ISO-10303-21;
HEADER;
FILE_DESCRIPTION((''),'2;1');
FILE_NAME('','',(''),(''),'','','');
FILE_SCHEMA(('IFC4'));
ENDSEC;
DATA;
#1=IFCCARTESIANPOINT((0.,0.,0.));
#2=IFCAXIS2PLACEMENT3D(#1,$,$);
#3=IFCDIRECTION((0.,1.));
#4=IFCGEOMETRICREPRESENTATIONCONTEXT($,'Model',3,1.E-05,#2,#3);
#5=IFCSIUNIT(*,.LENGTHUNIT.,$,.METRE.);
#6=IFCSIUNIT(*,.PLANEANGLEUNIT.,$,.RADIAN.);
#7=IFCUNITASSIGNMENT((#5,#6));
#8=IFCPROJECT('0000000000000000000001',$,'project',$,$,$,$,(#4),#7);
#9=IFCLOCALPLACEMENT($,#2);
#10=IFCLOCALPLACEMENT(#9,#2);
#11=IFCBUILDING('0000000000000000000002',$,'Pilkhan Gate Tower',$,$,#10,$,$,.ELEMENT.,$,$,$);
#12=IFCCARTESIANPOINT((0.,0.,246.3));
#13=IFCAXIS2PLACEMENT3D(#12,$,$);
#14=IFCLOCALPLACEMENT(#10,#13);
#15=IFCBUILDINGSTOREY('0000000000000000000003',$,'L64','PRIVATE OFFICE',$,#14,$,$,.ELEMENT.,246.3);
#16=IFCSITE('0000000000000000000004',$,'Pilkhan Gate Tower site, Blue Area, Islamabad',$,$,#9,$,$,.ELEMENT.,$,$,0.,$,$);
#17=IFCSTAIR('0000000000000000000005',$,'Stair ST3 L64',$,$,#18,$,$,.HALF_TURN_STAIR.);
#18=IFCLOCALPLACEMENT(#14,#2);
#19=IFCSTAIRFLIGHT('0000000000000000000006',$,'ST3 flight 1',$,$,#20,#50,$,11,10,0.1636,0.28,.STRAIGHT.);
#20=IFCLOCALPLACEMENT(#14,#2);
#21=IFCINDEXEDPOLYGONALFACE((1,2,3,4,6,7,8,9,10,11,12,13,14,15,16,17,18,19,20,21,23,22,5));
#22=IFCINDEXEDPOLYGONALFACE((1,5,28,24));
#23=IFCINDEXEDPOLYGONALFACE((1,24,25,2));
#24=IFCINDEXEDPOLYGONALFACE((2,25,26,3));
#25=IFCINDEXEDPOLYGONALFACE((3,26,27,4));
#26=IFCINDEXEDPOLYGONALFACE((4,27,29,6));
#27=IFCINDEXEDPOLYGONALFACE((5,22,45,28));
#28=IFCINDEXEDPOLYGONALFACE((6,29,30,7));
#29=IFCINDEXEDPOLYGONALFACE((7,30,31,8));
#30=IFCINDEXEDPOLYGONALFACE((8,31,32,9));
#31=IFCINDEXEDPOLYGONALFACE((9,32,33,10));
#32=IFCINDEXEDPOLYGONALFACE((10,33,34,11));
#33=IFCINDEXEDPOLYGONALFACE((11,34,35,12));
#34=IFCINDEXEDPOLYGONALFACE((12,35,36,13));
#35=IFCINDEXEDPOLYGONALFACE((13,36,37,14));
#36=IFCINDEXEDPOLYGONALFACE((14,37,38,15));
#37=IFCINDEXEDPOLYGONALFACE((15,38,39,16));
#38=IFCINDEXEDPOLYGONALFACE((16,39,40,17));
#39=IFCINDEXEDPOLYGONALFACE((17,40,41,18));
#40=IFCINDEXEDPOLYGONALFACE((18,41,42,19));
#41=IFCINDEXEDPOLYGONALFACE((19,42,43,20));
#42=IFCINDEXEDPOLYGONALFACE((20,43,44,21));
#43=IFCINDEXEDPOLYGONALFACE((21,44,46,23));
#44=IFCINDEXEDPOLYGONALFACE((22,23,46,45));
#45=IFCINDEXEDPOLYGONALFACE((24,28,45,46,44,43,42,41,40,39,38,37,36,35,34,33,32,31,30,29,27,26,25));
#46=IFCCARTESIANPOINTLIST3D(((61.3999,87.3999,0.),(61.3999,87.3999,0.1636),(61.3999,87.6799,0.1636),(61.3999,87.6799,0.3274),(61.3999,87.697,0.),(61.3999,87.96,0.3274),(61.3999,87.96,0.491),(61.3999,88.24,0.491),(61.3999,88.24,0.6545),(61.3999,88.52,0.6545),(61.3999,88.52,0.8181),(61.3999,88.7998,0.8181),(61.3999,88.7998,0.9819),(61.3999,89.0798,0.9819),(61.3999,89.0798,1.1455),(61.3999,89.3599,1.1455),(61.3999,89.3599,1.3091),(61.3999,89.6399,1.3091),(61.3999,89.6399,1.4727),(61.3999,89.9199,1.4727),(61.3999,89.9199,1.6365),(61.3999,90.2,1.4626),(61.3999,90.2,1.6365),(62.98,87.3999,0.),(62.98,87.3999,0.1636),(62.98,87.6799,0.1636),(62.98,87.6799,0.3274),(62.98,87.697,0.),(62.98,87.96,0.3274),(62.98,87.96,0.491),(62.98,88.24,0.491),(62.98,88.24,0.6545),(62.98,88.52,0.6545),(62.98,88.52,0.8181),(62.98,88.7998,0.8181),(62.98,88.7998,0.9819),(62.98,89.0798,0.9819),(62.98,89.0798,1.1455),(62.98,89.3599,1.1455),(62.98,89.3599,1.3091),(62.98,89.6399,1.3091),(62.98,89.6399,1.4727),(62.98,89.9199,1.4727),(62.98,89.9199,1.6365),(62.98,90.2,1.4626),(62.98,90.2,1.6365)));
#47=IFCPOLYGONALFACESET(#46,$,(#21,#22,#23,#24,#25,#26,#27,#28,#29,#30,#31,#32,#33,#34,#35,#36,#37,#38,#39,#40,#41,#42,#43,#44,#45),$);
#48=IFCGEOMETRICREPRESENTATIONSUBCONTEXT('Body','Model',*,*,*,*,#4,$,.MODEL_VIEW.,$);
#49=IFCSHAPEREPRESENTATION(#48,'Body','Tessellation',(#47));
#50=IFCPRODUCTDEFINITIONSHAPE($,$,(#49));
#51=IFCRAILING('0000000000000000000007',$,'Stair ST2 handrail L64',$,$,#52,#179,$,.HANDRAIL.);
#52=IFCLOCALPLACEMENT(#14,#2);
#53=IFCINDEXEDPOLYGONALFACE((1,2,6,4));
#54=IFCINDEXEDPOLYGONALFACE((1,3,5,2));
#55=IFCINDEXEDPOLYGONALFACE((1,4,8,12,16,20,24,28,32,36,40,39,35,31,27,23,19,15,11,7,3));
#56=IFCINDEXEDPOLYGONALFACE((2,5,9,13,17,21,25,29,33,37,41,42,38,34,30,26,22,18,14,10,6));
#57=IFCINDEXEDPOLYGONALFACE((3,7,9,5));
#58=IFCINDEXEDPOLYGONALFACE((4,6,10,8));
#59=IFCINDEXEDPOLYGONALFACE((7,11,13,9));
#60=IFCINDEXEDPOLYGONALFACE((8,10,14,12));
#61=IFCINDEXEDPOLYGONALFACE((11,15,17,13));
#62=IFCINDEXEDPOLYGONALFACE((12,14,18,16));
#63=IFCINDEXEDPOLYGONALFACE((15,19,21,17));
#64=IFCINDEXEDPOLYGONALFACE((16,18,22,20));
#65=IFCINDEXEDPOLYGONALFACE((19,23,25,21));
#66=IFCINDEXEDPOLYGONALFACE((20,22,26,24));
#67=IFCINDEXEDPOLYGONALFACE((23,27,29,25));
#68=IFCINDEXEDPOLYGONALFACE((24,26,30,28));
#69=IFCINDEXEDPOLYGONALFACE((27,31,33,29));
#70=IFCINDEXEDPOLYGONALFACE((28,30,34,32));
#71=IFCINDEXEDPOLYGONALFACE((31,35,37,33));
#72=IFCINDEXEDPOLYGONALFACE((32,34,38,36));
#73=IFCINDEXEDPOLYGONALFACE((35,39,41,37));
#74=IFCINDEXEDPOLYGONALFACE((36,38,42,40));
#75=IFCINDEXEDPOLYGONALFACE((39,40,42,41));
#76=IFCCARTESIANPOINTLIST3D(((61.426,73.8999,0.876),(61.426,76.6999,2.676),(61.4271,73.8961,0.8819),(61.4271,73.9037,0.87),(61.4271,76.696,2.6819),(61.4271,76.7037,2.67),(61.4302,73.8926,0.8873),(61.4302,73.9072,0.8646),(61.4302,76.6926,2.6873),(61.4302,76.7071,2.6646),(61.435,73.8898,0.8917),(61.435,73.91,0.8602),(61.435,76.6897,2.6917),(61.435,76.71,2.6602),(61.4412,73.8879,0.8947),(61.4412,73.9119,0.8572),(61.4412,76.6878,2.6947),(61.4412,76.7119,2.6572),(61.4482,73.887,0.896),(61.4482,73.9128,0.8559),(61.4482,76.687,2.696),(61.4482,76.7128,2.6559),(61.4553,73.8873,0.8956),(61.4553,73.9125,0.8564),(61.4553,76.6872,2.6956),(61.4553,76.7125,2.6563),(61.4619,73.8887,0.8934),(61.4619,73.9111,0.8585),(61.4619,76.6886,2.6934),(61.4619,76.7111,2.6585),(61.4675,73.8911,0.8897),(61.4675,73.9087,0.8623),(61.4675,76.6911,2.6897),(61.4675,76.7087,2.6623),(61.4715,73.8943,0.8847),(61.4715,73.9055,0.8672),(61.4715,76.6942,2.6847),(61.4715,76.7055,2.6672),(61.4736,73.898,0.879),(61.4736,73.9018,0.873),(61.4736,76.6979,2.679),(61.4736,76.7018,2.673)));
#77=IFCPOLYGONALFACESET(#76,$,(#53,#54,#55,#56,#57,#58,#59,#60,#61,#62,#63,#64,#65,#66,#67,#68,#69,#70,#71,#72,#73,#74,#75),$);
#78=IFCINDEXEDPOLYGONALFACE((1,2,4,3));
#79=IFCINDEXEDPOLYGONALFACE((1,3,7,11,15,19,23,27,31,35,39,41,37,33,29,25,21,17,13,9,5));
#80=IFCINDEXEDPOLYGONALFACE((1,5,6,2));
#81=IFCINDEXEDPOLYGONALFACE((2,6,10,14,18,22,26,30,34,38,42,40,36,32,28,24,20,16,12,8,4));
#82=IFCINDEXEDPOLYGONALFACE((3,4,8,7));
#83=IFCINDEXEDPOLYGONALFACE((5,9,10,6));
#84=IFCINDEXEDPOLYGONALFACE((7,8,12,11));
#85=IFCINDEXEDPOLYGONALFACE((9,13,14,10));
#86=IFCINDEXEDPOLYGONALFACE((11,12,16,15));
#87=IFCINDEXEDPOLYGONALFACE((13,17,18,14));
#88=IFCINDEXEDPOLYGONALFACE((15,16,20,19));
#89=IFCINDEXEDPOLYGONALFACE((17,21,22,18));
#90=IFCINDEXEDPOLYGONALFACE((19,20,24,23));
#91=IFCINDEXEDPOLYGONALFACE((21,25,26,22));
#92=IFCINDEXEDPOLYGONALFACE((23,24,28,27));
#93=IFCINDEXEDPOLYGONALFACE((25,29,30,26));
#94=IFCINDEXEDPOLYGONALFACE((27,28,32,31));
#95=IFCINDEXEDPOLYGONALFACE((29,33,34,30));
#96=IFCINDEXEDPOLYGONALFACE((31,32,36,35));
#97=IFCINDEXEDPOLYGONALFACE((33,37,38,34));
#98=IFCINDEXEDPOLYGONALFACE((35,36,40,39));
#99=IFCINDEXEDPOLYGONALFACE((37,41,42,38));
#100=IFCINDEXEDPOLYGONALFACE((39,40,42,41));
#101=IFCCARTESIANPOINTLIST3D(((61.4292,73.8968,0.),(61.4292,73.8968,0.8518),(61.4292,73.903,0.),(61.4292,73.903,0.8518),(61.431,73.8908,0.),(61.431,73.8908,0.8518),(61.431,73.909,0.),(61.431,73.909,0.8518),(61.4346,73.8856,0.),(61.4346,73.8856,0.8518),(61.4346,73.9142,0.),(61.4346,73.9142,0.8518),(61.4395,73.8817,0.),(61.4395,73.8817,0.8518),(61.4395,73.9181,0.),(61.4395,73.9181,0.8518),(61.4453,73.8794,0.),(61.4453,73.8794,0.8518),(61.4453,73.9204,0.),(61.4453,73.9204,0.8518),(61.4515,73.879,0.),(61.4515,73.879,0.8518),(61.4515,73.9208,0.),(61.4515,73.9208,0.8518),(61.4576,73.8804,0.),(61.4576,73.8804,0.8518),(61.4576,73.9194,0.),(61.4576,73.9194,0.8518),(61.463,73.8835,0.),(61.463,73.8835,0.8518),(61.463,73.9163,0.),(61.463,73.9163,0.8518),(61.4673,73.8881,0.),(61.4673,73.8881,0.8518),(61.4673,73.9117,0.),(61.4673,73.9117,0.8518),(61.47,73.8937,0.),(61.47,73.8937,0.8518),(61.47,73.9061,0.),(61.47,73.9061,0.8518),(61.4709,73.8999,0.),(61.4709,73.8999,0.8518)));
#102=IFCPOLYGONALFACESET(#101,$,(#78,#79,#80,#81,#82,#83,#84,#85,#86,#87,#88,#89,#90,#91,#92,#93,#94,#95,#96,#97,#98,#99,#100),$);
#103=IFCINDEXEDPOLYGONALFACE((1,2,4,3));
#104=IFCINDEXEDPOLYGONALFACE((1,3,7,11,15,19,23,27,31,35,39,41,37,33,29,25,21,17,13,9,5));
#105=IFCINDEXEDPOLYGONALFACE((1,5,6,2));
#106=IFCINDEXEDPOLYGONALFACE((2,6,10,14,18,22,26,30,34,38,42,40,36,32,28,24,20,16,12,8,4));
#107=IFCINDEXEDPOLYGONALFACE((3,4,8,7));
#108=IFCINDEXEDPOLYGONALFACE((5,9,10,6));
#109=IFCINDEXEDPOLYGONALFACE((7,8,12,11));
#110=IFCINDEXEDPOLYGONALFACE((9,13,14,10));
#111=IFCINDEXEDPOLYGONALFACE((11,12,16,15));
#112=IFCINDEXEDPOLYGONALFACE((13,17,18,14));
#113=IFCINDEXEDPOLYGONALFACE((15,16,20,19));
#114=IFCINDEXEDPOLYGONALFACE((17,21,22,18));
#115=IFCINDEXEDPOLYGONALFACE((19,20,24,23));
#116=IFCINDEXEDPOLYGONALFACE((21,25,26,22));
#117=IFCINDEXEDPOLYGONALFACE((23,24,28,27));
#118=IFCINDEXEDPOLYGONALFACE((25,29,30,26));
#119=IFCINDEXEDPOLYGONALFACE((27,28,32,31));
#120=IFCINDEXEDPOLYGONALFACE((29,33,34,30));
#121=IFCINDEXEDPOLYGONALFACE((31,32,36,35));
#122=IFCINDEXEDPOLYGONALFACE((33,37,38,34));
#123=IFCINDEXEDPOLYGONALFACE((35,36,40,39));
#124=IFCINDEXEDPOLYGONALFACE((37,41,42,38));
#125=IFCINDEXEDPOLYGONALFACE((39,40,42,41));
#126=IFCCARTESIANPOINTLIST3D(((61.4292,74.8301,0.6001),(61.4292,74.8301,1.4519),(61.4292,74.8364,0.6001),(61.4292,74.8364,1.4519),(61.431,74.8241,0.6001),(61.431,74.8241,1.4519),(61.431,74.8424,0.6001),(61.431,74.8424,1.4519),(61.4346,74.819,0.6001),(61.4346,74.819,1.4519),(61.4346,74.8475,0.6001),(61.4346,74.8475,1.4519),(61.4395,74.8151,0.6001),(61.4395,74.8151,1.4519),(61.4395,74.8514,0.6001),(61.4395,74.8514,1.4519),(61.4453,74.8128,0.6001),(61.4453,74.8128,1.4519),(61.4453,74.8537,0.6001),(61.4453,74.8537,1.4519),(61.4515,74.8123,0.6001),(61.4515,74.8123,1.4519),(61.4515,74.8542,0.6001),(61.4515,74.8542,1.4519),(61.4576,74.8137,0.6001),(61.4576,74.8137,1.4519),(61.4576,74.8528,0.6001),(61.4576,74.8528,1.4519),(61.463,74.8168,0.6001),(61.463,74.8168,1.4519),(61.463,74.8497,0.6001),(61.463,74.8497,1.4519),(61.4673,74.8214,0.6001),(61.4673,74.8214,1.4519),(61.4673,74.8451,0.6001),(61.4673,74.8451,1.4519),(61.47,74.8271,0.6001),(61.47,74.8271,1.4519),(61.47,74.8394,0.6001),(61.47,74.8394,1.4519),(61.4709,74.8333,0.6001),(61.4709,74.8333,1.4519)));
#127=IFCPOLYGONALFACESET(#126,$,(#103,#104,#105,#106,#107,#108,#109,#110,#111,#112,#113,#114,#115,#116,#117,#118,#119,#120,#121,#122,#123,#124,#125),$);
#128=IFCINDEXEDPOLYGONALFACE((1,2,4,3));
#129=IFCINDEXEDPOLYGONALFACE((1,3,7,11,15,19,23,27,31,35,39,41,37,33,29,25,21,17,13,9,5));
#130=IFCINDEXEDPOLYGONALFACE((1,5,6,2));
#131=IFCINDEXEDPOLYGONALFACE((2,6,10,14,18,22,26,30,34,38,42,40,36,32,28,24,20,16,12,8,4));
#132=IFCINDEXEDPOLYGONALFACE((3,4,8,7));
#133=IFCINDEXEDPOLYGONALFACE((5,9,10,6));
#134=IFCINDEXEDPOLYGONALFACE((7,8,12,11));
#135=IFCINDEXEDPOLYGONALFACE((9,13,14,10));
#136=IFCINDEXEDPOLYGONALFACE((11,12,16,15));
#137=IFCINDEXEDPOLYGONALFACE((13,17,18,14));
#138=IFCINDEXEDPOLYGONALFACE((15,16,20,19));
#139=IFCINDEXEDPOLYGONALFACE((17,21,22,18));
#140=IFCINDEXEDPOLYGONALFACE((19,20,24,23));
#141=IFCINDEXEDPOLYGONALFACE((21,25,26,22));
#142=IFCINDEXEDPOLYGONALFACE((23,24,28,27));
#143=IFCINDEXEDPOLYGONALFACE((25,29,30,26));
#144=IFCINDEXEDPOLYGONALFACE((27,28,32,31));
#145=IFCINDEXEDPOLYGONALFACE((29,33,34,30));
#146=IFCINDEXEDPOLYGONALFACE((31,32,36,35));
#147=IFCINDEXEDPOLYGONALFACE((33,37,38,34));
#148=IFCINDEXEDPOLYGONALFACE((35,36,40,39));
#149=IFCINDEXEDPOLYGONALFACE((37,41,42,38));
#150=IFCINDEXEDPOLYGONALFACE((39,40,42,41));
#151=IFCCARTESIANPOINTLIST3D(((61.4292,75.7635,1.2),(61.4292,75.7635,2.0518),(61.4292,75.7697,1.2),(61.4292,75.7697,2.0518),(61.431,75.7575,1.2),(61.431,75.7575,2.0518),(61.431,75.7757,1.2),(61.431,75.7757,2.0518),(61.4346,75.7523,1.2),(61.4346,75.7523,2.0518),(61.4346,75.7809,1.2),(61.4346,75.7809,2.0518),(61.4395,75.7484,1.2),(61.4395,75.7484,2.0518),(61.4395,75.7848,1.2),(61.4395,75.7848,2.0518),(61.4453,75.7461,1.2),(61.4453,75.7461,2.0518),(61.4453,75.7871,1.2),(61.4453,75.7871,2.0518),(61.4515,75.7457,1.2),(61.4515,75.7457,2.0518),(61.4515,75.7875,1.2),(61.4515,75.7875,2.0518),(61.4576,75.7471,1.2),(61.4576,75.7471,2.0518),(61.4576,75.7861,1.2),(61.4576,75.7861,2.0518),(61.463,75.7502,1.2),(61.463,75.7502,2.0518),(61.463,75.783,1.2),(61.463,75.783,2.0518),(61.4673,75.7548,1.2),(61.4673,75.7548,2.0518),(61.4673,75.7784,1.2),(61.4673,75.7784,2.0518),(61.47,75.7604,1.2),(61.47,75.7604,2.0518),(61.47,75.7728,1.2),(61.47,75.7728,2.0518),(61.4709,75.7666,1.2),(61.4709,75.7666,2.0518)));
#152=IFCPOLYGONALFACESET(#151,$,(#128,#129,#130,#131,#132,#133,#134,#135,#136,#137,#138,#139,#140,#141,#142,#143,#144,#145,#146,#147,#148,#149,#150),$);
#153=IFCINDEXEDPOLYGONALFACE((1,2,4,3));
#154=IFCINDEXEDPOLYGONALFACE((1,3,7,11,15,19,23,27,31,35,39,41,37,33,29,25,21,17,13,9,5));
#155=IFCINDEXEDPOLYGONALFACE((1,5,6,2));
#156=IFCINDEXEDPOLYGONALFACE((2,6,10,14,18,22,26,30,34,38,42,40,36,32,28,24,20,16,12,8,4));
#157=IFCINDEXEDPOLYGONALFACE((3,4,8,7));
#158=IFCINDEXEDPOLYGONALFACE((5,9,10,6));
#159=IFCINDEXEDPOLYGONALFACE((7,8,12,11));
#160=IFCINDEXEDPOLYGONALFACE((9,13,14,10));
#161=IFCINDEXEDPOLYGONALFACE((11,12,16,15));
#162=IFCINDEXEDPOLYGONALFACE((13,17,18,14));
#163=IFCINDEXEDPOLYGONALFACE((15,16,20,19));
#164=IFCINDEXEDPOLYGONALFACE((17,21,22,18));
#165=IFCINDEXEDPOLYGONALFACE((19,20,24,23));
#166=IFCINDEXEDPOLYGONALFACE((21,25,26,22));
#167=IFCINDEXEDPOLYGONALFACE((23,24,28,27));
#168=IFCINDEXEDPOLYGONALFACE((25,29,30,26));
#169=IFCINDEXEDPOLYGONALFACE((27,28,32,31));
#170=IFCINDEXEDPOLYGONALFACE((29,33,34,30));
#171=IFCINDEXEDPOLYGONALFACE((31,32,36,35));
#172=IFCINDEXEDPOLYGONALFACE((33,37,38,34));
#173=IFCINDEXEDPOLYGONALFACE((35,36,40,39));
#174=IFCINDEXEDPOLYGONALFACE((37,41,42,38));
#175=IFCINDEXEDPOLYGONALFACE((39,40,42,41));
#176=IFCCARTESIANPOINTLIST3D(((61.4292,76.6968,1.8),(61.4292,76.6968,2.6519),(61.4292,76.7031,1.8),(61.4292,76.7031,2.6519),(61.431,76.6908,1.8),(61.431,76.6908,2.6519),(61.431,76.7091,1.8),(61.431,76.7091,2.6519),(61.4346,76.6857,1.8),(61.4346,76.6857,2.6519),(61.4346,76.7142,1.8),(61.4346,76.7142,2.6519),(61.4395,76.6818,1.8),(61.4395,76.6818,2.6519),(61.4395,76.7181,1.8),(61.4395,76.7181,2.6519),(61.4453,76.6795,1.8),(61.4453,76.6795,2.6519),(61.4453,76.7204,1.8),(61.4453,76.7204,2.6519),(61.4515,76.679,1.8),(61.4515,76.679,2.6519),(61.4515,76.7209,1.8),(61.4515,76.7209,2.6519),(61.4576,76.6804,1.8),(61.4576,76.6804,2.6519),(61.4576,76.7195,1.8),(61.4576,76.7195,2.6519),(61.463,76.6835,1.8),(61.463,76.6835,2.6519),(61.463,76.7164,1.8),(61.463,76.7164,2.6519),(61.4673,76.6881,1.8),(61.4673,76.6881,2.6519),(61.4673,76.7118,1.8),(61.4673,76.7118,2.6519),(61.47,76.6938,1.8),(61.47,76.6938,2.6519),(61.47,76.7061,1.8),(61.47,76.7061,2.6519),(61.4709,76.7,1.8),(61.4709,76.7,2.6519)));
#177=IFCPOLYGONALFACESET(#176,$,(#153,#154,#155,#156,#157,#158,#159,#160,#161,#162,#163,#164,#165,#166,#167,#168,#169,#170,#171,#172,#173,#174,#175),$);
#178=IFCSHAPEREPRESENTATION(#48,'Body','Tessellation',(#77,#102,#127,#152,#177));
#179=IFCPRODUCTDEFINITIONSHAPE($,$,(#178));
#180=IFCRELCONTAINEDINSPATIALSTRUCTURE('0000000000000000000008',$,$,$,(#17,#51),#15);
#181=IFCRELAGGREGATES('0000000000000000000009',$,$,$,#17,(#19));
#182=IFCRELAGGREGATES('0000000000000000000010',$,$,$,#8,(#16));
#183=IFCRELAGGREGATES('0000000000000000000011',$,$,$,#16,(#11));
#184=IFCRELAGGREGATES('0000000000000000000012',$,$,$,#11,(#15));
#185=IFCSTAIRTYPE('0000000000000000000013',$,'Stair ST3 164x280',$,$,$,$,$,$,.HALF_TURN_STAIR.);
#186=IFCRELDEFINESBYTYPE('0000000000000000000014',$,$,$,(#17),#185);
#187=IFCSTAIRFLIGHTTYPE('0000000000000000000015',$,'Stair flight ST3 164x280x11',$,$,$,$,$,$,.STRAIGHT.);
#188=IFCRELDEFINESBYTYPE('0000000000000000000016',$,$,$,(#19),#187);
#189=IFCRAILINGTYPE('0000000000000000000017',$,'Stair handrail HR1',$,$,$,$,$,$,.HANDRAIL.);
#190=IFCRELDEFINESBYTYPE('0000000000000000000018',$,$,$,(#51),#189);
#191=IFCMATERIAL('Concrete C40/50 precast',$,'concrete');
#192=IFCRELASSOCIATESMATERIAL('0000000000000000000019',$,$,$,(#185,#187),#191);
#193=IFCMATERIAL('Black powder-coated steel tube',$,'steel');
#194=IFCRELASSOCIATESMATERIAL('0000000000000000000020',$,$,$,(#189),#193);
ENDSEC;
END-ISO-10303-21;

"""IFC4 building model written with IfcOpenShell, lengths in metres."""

from ifc_helpers import new_model, si_unit, direction, frame, origin, origin_2d, place, context, subcontext, project, spatial, polyline, circle, outline, extrude, material, type_object, element, aggregate, save


model = new_model("IFC4")

# Units and contexts
model_context = context("Model", 3, precision=1e-05, world=origin(), true_north=direction((0.0, 1.0)))
body_context = subcontext(model_context, "Body", "Model", "MODEL_VIEW")
ifc_project = project(units=[si_unit("LENGTHUNIT", "METRE"), si_unit("PLANEANGLEUNIT", "RADIAN")], contexts=[model_context])

# Site, building, storey
site_placement = place(None, origin())
site = spatial("IfcSite", under=ifc_project, at=site_placement, Name="Pilkhan Gate Tower site, Blue Area, Islamabad", CompositionType="ELEMENT", RefElevation=0.0)
building_placement = place(site_placement, origin())
building = spatial("IfcBuilding", under=site, at=building_placement, Name="Pilkhan Gate Tower", CompositionType="ELEMENT")
storey_placement = place(building_placement, frame((0.0, 0.0, 246.3)))
storey = spatial("IfcBuildingStorey", under=building, at=storey_placement, Name="L64", Description="PRIVATE OFFICE", CompositionType="ELEMENT", Elevation=246.3)

# Shared definitions
ifc_material_1 = material(Name="Concrete C40/50 precast", Category="concrete")

# Stair, stair flight
stair_type_1 = type_object("IfcStairType", Name="Stair ST3 164x280", PredefinedType="HALF_TURN_STAIR", material=ifc_material_1)
stair_1_placement = place(storey_placement, origin())
stair_1 = element("IfcStair", 1, at=stair_1_placement, inside=storey, type_object=stair_type_1, Name="Stair ST3 L64", PredefinedType="HALF_TURN_STAIR")
stair_flight_type_1 = type_object("IfcStairFlightType", Name="Stair flight ST3 164x280x11", PredefinedType="STRAIGHT", material=ifc_material_1)
stair_flight_1_placement = place(storey_placement, frame((62.1899, 87.3999, 0.0), z_axis=(0.0, 0.0, 1.0), x_axis=(0.0, 1.0, 0.0)))
stair_flight_1 = element("IfcStairFlight", 2, at=stair_flight_1_placement, type_object=stair_flight_type_1, Name="ST3 flight 1", NumberOfRisers=11, NumberOfTreads=10, PredefinedType="STRAIGHT", RiserHeight=0.1636, TreadLength=0.28, context=body_context, shape_type="SweptSolid", body=[
    extrude(outline(polyline([(0.0, 0.0), (0.0, 0.1636), (0.28, 0.1636), (0.28, 0.3274), (0.5601, 0.3274), (0.5601, 0.491), (0.8401, 0.491), (0.8401, 0.6545), (1.1201, 0.6545), (1.1201, 0.8181), (1.3999, 0.8181), (1.3999, 0.9819), (1.6799, 0.9819), (1.6799, 1.1455), (1.96, 1.1455), (1.96, 1.3091), (2.24, 1.3091), (2.24, 1.4727), (2.52, 1.4727), (2.52, 1.6365), (2.8, 1.6365), (2.8, 1.8), (2.8, 1.4626), (0.2971, 0.0), (0.0, 0.0)])), frame((0.0, 0.79, 0.0), z_axis=(0.0, -1.0, 0.0), x_axis=(1.0, 0.0, 0.0)), (0.0, 0.0, 1.0), 1.5801),
])
aggregate(stair_1, [stair_flight_1])

# Railing
ifc_material_2 = material(Name="Black powder-coated steel tube", Category="steel")
railing_type_1 = type_object("IfcRailingType", Name="Stair handrail HR1", PredefinedType="HANDRAIL", material=ifc_material_2)
for number, where, name in (
    (3, (61.45, 73.8999, 0.0), "Stair ST2 handrail L64"),
):
    element("IfcRailing", number, at=place(storey_placement, frame(where)), inside=storey, type_object=railing_type_1, Name=name, PredefinedType="HANDRAIL", context=body_context, shape_type="SweptSolid", body=[
        extrude(circle(Radius=0.0239, at=origin_2d()), frame((0.0, 0.0, 0.876), z_axis=(0.0, 0.841176, 0.540761), x_axis=(-1.0, 0.0, 0.0)), (0.0, 0.0, 1.0), 3.3286),
        extrude(circle(Radius=0.021, at=origin_2d()), origin(), (0.0, 0.0, 1.0), 0.8518),
        extrude(circle(Radius=0.021, at=origin_2d()), frame((0.0, 0.9333, 0.6001)), (0.0, 0.0, 1.0), 0.8518),
        extrude(circle(Radius=0.021, at=origin_2d()), frame((0.0, 1.8667, 1.2)), (0.0, 0.0, 1.0), 0.8518),
        extrude(circle(Radius=0.021, at=origin_2d()), frame((0.0, 2.8, 1.8)), (0.0, 0.0, 1.0), 0.8518),
    ])

save(model, "model.ifc")
